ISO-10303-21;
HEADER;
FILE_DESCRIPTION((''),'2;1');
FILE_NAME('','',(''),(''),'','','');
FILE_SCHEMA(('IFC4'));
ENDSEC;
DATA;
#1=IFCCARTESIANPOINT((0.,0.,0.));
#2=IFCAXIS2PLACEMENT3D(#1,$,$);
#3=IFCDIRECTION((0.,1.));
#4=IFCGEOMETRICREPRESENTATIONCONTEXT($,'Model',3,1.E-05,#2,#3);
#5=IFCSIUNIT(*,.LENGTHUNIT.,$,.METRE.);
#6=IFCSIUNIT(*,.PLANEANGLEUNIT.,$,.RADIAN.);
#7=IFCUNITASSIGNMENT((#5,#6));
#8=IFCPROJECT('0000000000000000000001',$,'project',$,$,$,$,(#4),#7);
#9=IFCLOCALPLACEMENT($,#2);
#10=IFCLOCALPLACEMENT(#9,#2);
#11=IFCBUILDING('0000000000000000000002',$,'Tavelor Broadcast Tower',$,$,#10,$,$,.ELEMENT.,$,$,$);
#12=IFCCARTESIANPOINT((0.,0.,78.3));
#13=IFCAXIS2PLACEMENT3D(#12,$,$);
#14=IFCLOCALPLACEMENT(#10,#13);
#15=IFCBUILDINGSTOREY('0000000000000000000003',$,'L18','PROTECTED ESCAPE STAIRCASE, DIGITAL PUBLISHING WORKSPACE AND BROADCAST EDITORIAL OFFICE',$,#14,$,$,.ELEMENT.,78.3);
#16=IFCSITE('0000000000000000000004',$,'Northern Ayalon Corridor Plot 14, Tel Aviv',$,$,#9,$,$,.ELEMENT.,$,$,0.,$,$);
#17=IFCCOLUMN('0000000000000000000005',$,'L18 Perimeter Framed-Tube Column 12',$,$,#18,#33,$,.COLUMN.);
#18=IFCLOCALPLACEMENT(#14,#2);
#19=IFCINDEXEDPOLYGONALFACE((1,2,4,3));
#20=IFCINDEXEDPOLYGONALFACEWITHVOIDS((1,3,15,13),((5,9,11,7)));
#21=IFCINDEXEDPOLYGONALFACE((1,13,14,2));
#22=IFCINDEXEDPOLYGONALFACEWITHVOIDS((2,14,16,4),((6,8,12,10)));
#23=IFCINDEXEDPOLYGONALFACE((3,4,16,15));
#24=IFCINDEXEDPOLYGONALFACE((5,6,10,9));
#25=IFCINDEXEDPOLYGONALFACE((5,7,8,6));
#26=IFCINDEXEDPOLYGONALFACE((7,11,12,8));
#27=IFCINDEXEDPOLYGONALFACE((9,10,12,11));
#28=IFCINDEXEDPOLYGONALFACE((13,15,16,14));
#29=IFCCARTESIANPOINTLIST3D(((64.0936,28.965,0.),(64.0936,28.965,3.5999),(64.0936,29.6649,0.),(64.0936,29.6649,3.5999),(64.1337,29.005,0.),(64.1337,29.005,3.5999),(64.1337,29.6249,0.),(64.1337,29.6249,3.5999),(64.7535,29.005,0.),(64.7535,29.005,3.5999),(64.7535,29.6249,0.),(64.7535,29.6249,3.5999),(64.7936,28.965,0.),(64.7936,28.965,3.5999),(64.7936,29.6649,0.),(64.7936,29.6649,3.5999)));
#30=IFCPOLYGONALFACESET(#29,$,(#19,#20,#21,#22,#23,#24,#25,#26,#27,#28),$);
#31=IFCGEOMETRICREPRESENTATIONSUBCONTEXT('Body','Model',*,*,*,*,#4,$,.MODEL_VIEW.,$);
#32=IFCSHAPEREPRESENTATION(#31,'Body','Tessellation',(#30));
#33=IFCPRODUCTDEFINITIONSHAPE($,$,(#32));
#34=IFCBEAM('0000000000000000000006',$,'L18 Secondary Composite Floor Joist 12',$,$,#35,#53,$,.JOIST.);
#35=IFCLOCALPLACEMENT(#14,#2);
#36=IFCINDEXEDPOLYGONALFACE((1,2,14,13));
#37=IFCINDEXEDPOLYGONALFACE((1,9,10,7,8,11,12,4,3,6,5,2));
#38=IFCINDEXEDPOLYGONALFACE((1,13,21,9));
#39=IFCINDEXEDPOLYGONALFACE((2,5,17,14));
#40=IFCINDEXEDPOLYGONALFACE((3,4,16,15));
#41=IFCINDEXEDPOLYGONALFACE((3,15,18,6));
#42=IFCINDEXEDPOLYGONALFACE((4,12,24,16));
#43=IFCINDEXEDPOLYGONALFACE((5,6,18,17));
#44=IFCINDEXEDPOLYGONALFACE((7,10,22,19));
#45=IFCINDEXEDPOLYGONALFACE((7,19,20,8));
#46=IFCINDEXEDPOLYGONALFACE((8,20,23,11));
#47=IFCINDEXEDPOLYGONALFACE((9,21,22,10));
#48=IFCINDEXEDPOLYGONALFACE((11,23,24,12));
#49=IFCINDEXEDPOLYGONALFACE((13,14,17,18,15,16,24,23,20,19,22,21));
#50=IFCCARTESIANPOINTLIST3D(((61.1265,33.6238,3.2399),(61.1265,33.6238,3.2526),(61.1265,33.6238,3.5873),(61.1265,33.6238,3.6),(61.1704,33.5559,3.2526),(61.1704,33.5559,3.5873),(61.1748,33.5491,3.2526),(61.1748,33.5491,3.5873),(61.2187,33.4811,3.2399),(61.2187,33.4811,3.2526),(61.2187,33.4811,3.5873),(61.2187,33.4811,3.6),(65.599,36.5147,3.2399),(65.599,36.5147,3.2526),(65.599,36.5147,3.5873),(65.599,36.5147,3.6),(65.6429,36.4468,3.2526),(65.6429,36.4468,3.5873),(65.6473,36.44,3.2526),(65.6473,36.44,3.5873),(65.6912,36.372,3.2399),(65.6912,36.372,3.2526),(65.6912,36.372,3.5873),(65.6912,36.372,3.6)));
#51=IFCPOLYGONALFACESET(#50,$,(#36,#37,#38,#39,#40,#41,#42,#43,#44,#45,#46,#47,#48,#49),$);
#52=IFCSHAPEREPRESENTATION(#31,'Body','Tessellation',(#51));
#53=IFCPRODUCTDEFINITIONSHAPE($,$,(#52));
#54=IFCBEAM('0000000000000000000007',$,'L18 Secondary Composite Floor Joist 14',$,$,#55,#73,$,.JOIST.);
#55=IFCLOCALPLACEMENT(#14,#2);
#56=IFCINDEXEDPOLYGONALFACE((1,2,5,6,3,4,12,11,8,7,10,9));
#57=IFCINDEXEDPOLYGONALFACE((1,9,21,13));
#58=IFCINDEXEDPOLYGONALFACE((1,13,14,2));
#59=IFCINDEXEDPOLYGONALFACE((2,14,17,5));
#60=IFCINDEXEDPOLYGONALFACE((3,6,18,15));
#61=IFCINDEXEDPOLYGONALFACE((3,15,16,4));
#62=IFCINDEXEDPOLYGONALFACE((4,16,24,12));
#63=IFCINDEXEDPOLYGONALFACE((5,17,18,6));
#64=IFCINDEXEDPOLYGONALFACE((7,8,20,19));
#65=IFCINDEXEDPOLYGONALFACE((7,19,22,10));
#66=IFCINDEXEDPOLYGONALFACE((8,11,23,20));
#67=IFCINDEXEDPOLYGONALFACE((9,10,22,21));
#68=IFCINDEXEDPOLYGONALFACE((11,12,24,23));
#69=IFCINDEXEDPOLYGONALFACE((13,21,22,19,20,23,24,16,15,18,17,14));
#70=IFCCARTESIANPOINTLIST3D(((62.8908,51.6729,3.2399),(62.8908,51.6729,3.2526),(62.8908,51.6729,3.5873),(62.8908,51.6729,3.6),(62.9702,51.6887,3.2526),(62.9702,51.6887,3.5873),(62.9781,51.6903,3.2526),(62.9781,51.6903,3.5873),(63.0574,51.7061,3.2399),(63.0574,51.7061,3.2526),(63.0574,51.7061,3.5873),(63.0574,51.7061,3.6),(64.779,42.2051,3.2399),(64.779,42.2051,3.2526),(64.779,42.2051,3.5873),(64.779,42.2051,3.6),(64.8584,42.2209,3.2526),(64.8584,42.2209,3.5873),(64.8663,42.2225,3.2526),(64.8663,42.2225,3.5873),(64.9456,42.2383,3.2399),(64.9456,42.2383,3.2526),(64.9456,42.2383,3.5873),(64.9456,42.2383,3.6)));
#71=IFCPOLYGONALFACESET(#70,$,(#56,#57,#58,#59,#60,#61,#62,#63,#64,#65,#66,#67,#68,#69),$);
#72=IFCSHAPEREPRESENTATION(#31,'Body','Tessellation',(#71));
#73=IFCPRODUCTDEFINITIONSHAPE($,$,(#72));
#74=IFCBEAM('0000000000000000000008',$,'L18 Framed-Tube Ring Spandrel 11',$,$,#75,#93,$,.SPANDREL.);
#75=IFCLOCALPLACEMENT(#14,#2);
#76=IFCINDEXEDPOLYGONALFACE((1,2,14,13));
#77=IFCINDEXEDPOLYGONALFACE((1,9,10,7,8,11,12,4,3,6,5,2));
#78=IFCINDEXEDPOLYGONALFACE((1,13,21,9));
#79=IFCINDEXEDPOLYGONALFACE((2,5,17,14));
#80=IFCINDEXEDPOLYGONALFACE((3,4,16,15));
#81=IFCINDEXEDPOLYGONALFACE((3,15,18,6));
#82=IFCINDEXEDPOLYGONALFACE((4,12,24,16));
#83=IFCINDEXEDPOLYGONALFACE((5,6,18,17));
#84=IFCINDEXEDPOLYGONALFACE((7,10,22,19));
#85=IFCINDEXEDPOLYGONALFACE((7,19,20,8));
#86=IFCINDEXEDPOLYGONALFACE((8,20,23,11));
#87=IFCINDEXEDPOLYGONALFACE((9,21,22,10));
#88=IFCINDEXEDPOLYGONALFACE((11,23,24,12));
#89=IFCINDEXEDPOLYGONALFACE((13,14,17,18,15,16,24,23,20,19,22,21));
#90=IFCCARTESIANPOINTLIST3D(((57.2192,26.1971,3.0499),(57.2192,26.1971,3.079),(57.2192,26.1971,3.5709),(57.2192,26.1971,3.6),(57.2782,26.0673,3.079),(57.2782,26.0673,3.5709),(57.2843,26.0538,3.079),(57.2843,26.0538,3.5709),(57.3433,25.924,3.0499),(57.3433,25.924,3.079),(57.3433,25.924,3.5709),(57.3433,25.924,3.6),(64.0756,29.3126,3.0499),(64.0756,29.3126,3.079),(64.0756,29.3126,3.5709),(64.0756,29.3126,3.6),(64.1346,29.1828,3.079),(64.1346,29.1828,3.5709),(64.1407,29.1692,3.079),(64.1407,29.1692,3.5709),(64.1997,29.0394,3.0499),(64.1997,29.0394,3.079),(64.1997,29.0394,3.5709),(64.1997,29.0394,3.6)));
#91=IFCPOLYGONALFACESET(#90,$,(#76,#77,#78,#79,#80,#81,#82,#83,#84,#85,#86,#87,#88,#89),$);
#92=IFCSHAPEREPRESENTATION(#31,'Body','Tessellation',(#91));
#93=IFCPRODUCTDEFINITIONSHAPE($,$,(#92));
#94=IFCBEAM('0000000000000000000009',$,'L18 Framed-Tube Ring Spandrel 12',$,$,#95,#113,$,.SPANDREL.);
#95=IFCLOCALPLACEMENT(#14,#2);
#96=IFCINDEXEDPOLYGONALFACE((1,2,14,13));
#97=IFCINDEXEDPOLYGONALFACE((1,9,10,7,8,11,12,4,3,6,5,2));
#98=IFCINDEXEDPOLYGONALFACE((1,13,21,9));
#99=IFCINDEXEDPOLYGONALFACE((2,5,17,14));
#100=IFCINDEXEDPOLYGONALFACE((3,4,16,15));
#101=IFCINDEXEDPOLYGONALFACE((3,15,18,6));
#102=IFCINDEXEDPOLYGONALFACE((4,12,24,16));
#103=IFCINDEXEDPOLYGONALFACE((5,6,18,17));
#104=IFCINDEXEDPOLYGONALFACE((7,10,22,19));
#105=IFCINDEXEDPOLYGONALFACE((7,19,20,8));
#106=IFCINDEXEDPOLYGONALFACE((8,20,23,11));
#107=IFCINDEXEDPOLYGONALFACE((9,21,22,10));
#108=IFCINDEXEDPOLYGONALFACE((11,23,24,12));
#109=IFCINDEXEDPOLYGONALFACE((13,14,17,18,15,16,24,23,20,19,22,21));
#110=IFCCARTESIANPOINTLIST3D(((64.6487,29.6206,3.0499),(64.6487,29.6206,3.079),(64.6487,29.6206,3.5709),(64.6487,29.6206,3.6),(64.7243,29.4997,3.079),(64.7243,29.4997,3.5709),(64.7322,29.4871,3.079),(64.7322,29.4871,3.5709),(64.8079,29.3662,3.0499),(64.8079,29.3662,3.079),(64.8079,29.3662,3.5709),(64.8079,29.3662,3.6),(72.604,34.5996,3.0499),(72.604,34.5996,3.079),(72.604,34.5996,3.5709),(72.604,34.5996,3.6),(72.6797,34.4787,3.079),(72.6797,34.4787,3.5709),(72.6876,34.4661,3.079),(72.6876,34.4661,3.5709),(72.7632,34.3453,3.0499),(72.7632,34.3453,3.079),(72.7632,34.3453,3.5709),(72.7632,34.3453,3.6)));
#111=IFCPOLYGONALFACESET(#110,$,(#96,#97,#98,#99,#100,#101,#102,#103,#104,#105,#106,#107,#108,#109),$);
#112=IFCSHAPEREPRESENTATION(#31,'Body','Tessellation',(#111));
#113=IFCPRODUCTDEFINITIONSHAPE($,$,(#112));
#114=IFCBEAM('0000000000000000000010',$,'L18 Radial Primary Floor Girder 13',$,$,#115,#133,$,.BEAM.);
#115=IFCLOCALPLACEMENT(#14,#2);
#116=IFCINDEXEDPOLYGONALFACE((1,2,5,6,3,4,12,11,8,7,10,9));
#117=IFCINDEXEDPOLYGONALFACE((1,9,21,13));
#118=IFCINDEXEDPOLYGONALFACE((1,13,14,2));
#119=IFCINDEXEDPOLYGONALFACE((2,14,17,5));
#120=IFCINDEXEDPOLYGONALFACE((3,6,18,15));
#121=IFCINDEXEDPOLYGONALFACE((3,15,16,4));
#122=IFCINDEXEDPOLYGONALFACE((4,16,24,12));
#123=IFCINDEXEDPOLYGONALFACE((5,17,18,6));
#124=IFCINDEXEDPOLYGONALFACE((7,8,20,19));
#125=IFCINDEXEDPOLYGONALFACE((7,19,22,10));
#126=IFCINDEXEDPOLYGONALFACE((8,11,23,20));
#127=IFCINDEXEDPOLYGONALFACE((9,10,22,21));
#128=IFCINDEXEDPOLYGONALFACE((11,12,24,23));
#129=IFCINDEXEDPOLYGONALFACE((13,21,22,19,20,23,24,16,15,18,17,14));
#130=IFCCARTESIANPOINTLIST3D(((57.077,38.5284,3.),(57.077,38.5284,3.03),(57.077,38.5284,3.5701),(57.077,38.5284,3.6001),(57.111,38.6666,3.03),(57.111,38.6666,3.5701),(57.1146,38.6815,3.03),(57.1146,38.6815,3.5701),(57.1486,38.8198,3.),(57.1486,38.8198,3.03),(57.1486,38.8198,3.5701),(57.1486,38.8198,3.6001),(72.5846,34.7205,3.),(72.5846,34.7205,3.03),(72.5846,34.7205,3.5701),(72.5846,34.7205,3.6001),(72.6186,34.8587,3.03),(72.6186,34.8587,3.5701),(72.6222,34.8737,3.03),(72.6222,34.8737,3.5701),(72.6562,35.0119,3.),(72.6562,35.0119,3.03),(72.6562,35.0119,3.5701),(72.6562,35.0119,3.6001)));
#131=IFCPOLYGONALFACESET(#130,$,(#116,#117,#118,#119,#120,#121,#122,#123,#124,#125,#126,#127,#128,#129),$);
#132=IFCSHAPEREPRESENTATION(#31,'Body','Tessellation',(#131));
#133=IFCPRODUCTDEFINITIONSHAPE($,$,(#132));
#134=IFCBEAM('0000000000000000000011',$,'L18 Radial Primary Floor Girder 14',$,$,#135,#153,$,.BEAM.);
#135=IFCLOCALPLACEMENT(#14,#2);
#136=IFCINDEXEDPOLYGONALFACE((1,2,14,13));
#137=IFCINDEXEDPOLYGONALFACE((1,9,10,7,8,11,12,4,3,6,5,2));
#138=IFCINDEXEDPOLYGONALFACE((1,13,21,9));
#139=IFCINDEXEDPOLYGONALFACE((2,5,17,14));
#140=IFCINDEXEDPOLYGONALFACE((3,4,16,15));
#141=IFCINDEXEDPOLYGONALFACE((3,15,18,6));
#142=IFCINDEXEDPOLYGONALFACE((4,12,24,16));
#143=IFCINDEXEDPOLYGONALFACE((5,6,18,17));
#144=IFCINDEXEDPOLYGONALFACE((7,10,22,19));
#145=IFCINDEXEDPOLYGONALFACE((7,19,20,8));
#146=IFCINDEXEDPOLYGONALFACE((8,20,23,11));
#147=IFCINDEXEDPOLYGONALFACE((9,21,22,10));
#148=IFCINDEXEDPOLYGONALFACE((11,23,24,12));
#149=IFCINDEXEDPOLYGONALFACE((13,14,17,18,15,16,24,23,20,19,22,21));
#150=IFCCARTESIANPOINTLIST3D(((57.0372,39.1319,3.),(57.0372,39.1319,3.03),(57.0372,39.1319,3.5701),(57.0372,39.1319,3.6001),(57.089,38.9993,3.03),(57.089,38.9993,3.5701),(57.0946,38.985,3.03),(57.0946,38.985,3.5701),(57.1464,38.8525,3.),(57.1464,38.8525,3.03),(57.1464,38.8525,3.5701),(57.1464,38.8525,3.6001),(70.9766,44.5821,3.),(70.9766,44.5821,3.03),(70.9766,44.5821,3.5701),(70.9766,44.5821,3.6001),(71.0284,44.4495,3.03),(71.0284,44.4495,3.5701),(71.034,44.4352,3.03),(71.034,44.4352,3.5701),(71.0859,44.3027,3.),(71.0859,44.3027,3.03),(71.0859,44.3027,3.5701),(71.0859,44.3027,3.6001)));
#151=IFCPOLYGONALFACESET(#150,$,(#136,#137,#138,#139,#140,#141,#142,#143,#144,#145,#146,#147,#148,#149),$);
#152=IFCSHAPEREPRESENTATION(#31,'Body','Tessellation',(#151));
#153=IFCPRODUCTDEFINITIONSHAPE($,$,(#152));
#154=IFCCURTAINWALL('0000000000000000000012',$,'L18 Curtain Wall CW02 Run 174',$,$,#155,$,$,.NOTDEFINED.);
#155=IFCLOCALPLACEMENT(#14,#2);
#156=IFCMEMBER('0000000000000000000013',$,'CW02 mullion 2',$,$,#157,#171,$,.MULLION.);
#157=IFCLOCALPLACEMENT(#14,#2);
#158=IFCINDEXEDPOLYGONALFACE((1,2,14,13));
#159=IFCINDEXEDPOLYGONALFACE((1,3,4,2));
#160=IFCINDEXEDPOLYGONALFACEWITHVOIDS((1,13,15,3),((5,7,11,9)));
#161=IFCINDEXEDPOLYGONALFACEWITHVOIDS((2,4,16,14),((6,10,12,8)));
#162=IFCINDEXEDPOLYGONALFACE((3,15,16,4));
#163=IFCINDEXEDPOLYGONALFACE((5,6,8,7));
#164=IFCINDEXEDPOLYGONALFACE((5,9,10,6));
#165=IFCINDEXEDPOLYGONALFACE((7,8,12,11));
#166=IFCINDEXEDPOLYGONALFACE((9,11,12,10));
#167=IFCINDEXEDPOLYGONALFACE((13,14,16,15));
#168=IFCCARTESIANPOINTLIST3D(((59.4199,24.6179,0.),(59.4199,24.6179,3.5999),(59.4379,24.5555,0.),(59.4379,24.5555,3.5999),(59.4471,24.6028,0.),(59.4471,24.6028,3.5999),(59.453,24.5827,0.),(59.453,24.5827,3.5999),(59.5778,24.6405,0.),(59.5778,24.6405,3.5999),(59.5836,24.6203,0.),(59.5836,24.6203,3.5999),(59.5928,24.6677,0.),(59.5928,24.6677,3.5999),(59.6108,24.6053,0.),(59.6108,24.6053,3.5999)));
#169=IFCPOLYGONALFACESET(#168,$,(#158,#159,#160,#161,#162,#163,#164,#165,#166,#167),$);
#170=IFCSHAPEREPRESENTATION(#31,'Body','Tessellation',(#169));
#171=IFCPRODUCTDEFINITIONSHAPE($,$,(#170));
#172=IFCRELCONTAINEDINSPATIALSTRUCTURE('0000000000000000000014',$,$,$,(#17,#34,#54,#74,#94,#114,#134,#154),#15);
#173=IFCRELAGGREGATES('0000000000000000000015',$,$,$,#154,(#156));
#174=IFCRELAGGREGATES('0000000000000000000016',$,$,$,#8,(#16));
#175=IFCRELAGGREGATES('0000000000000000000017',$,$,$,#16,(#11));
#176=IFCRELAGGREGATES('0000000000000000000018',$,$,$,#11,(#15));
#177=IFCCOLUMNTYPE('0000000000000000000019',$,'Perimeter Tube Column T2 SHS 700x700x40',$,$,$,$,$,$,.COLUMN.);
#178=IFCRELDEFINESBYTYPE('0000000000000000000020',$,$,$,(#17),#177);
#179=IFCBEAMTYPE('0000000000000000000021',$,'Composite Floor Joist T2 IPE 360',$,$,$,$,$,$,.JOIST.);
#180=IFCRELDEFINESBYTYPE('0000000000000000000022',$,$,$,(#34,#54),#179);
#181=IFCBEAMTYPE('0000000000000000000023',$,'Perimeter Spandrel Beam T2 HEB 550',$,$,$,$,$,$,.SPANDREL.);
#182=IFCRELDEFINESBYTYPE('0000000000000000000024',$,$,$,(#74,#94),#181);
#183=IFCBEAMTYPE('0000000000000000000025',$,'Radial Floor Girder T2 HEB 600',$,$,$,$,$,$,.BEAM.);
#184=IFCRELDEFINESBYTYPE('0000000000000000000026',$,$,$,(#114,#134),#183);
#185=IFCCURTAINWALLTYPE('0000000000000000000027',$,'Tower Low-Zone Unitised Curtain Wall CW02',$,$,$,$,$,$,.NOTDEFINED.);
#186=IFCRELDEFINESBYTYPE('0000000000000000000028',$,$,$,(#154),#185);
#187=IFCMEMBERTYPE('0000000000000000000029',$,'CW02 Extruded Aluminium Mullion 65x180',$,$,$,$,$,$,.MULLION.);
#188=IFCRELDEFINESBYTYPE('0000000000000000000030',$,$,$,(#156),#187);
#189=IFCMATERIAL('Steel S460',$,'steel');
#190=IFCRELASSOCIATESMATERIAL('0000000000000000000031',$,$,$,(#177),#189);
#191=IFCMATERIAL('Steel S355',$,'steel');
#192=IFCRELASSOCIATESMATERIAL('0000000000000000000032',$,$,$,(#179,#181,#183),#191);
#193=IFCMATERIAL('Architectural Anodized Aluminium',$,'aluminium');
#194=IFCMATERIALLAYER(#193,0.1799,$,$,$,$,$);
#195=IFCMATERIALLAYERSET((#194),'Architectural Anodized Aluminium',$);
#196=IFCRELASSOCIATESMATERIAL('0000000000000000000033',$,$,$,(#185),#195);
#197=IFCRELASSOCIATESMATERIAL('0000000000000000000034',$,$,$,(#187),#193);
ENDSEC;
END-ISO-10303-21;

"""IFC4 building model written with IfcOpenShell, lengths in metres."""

from ifc_helpers import new_model, si_unit, direction, frame, origin, origin_2d, place, context, subcontext, project, spatial, hollow_rectangle, i_section, extrude, source, transform, mapped, material, layer, layer_set, material_profile, profile_set, type_object, type_shapes, element, aggregate, save


model = new_model("IFC4")

# Units and contexts
model_context = context("Model", 3, precision=1e-05, world=origin(), true_north=direction((0.0, 1.0)))
body_context = subcontext(model_context, "Body", "Model", "MODEL_VIEW")
ifc_project = project(units=[si_unit("LENGTHUNIT", "METRE"), si_unit("PLANEANGLEUNIT", "RADIAN")], contexts=[model_context])

# Site, building, storey
site_placement = place(None, origin())
site = spatial("IfcSite", under=ifc_project, at=site_placement, Name="Northern Ayalon Corridor Plot 14, Tel Aviv", CompositionType="ELEMENT", RefElevation=0.0)
building_placement = place(site_placement, origin())
building = spatial("IfcBuilding", under=site, at=building_placement, Name="Tavelor Broadcast Tower", CompositionType="ELEMENT")
storey_placement = place(building_placement, frame((0.0, 0.0, 78.3)))
storey = spatial("IfcBuildingStorey", under=building, at=storey_placement, Name="L18", Description="PROTECTED ESCAPE STAIRCASE, DIGITAL PUBLISHING WORKSPACE AND BROADCAST EDITORIAL OFFICE", CompositionType="ELEMENT", Elevation=78.3)

# Column
ifc_material_1 = material(Name="Steel S460", Category="steel")
ifc_material_profile_1 = material_profile(ifc_material_1, hollow_rectangle(XDim=0.7, YDim=0.7, WallThickness=0.04, at=origin_2d()), Name="SHS 700x700x40")
ifc_profile_set_1 = profile_set([ifc_material_profile_1], Name="Steel S460")
column_type = type_object("IfcColumnType", Name="Perimeter Tube Column T2 SHS 700x700x40", PredefinedType="COLUMN", material=ifc_profile_set_1)
column_placement = place(storey_placement, frame((64.4436, 29.3149, 0.0), z_axis=(0.0, 0.0, 1.0), x_axis=(1.0, 0.0, 0.0)))
element("IfcColumn", 1, at=column_placement, inside=storey, type_object=column_type, Name="L18 Perimeter Framed-Tube Column 12", PredefinedType="COLUMN", context=body_context, shape_type="SweptSolid", body=[
    extrude(hollow_rectangle(XDim=0.7, YDim=0.7, WallThickness=0.04, at=origin_2d()), origin(), (0.0, 0.0, 1.0), 3.5999),
])

# Beams
ifc_material_2 = material(Name="Steel S355", Category="steel")
ifc_material_profile_2 = material_profile(ifc_material_2, i_section(OverallWidth=0.1699, OverallDepth=0.3601, WebThickness=0.0081, FlangeThickness=0.0127, at=origin_2d()), Name="IPE 360")
ifc_profile_set_2 = profile_set([ifc_material_profile_2], Name="Steel S355")
beam_type_1 = type_object("IfcBeamType", Name="Composite Floor Joist T2 IPE 360", PredefinedType="JOIST", material=ifc_profile_set_2)
beam_1_placement = place(storey_placement, frame((61.1726, 33.5525, 3.4199), z_axis=(0.839831, 0.542848, 0.0), x_axis=(-0.542848, 0.839831, 0.0)))
element("IfcBeam", 2, at=beam_1_placement, inside=storey, type_object=beam_type_1, Name="L18 Secondary Composite Floor Joist 12", PredefinedType="JOIST", context=body_context, shape_type="SweptSolid", body=[
    extrude(i_section(OverallWidth=0.1699, OverallDepth=0.3601, WebThickness=0.0081, FlangeThickness=0.0127, at=origin_2d()), origin(), (0.0, 0.0, 1.0), 5.3254),
])
beam_2_placement = place(storey_placement, frame((64.8623, 42.2217, 3.4199), z_axis=(-0.195581, 0.980688, 0.0), x_axis=(-0.980688, -0.195581, 0.0)))
element("IfcBeam", 3, at=beam_2_placement, inside=storey, type_object=beam_type_1, Name="L18 Secondary Composite Floor Joist 14", PredefinedType="JOIST", context=body_context, shape_type="SweptSolid", body=[
    extrude(i_section(OverallWidth=0.1699, OverallDepth=0.3601, WebThickness=0.0081, FlangeThickness=0.0127, at=origin_2d()), origin(), (0.0, 0.0, 1.0), 9.6543),
])
ifc_material_profile_3 = material_profile(ifc_material_2, i_section(OverallWidth=0.3, OverallDepth=0.55, WebThickness=0.0149, FlangeThickness=0.0291, at=origin_2d()), Name="HEB 550")
ifc_profile_set_3 = profile_set([ifc_material_profile_3], Name="Steel S355")
beam_type_2 = type_object("IfcBeamType", Name="Perimeter Spandrel Beam T2 HEB 550", PredefinedType="SPANDREL", material=ifc_profile_set_3)
beam_3_placement = place(storey_placement, frame((57.2812, 26.0605, 3.325), z_axis=(0.910421, 0.413683, 0.0), x_axis=(-0.413683, 0.910421, 0.0)))
element("IfcBeam", 4, at=beam_3_placement, inside=storey, type_object=beam_type_2, Name="L18 Framed-Tube Ring Spandrel 11", PredefinedType="SPANDREL", context=body_context, shape_type="SweptSolid", body=[
    extrude(i_section(OverallWidth=0.3, OverallDepth=0.55, WebThickness=0.0149, FlangeThickness=0.0291, at=origin_2d()), origin(), (0.0, 0.0, 1.0), 7.531),
])
beam_4_placement = place(storey_placement, frame((64.7283, 29.4934, 3.325), z_axis=(0.847666, 0.53053, 0.0), x_axis=(-0.53053, 0.847666, 0.0)))
element("IfcBeam", 5, at=beam_4_placement, inside=storey, type_object=beam_type_2, Name="L18 Framed-Tube Ring Spandrel 12", PredefinedType="SPANDREL", context=body_context, shape_type="SweptSolid", body=[
    extrude(i_section(OverallWidth=0.3, OverallDepth=0.55, WebThickness=0.0149, FlangeThickness=0.0291, at=origin_2d()), origin(), (0.0, 0.0, 1.0), 9.385),
])
ifc_material_profile_4 = material_profile(ifc_material_2, i_section(OverallWidth=0.3, OverallDepth=0.6001, WebThickness=0.0154, FlangeThickness=0.03, at=origin_2d()), Name="HEB 600")
ifc_profile_set_4 = profile_set([ifc_material_profile_4], Name="Steel S355")
beam_type_3 = type_object("IfcBeamType", Name="Radial Floor Girder T2 HEB 600", PredefinedType="BEAM", material=ifc_profile_set_4)
beam_5_placement = place(storey_placement, frame((57.1128, 38.6741, 3.3), z_axis=(0.971151, -0.238465, 0.0), x_axis=(0.238465, 0.971151, 0.0)))
element("IfcBeam", 6, at=beam_5_placement, inside=storey, type_object=beam_type_3, Name="L18 Radial Primary Floor Girder 13", PredefinedType="BEAM", context=body_context, shape_type="SweptSolid", body=[
    extrude(i_section(OverallWidth=0.3, OverallDepth=0.6001, WebThickness=0.0154, FlangeThickness=0.03, at=origin_2d()), origin(), (0.0, 0.0, 1.0), 15.9683),
])
beam_6_placement = place(storey_placement, frame((57.0918, 38.9922, 3.3), z_axis=(0.931342, 0.364146, 0.0), x_axis=(-0.364146, 0.931342, 0.0)))
element("IfcBeam", 7, at=beam_6_placement, inside=storey, type_object=beam_type_3, Name="L18 Radial Primary Floor Girder 14", PredefinedType="BEAM", context=body_context, shape_type="SweptSolid", body=[
    extrude(i_section(OverallWidth=0.3, OverallDepth=0.6001, WebThickness=0.0154, FlangeThickness=0.03, at=origin_2d()), origin(), (0.0, 0.0, 1.0), 14.967),
])

# Curtain wall, member
ifc_material_3 = material(Name="Architectural Anodized Aluminium", Category="aluminium")
ifc_layer_1 = layer(ifc_material_3, 0.1799)
ifc_layer_set_1 = layer_set([ifc_layer_1], Name="Architectural Anodized Aluminium")
curtain_wall_type = type_object("IfcCurtainWallType", Name="Tower Low-Zone Unitised Curtain Wall CW02", PredefinedType="NOTDEFINED", material=ifc_layer_set_1)
curtain_wall_1_placement = place(storey_placement, origin())
curtain_wall_1 = element("IfcCurtainWall", 8, at=curtain_wall_1_placement, inside=storey, type_object=curtain_wall_type, Name="L18 Curtain Wall CW02 Run 174", PredefinedType="NOTDEFINED")
ifc_material_profile_5 = material_profile(ifc_material_3, hollow_rectangle(XDim=0.0649, YDim=0.1799, WallThickness=0.022, at=origin_2d()), Name="RHS 65x180x22")
ifc_profile_set_5 = profile_set([ifc_material_profile_5], Name="Architectural Anodized Aluminium")
member_type_1 = type_object("IfcMemberType", Name="CW02 Extruded Aluminium Mullion 65x180", PredefinedType="MULLION", material=ifc_profile_set_5)
shared_shape_1 = source(origin(), body_context, "Body", "SweptSolid", [
    extrude(hollow_rectangle(XDim=0.0649, YDim=0.1799, WallThickness=0.022, at=origin_2d()), origin(), (0.0, 0.0, 1.0), 3.5999),
])
type_shapes(member_type_1, [shared_shape_1])
member_1_placement = place(storey_placement, frame((59.5154, 24.6116, 0.0), z_axis=(0.0, 0.0, 1.0), x_axis=(-0.276893, 0.960901, 0.0)))
member_1 = element("IfcMember", 9, at=member_1_placement, type_object=member_type_1, Name="CW02 mullion 2", PredefinedType="MULLION", context=body_context, shape_type="MappedRepresentation", body=[
    mapped(shared_shape_1, transform((0.0, 0.0, 0.0), scale=1.0)),
])
aggregate(curtain_wall_1, [member_1])

save(model, "model.ifc")
